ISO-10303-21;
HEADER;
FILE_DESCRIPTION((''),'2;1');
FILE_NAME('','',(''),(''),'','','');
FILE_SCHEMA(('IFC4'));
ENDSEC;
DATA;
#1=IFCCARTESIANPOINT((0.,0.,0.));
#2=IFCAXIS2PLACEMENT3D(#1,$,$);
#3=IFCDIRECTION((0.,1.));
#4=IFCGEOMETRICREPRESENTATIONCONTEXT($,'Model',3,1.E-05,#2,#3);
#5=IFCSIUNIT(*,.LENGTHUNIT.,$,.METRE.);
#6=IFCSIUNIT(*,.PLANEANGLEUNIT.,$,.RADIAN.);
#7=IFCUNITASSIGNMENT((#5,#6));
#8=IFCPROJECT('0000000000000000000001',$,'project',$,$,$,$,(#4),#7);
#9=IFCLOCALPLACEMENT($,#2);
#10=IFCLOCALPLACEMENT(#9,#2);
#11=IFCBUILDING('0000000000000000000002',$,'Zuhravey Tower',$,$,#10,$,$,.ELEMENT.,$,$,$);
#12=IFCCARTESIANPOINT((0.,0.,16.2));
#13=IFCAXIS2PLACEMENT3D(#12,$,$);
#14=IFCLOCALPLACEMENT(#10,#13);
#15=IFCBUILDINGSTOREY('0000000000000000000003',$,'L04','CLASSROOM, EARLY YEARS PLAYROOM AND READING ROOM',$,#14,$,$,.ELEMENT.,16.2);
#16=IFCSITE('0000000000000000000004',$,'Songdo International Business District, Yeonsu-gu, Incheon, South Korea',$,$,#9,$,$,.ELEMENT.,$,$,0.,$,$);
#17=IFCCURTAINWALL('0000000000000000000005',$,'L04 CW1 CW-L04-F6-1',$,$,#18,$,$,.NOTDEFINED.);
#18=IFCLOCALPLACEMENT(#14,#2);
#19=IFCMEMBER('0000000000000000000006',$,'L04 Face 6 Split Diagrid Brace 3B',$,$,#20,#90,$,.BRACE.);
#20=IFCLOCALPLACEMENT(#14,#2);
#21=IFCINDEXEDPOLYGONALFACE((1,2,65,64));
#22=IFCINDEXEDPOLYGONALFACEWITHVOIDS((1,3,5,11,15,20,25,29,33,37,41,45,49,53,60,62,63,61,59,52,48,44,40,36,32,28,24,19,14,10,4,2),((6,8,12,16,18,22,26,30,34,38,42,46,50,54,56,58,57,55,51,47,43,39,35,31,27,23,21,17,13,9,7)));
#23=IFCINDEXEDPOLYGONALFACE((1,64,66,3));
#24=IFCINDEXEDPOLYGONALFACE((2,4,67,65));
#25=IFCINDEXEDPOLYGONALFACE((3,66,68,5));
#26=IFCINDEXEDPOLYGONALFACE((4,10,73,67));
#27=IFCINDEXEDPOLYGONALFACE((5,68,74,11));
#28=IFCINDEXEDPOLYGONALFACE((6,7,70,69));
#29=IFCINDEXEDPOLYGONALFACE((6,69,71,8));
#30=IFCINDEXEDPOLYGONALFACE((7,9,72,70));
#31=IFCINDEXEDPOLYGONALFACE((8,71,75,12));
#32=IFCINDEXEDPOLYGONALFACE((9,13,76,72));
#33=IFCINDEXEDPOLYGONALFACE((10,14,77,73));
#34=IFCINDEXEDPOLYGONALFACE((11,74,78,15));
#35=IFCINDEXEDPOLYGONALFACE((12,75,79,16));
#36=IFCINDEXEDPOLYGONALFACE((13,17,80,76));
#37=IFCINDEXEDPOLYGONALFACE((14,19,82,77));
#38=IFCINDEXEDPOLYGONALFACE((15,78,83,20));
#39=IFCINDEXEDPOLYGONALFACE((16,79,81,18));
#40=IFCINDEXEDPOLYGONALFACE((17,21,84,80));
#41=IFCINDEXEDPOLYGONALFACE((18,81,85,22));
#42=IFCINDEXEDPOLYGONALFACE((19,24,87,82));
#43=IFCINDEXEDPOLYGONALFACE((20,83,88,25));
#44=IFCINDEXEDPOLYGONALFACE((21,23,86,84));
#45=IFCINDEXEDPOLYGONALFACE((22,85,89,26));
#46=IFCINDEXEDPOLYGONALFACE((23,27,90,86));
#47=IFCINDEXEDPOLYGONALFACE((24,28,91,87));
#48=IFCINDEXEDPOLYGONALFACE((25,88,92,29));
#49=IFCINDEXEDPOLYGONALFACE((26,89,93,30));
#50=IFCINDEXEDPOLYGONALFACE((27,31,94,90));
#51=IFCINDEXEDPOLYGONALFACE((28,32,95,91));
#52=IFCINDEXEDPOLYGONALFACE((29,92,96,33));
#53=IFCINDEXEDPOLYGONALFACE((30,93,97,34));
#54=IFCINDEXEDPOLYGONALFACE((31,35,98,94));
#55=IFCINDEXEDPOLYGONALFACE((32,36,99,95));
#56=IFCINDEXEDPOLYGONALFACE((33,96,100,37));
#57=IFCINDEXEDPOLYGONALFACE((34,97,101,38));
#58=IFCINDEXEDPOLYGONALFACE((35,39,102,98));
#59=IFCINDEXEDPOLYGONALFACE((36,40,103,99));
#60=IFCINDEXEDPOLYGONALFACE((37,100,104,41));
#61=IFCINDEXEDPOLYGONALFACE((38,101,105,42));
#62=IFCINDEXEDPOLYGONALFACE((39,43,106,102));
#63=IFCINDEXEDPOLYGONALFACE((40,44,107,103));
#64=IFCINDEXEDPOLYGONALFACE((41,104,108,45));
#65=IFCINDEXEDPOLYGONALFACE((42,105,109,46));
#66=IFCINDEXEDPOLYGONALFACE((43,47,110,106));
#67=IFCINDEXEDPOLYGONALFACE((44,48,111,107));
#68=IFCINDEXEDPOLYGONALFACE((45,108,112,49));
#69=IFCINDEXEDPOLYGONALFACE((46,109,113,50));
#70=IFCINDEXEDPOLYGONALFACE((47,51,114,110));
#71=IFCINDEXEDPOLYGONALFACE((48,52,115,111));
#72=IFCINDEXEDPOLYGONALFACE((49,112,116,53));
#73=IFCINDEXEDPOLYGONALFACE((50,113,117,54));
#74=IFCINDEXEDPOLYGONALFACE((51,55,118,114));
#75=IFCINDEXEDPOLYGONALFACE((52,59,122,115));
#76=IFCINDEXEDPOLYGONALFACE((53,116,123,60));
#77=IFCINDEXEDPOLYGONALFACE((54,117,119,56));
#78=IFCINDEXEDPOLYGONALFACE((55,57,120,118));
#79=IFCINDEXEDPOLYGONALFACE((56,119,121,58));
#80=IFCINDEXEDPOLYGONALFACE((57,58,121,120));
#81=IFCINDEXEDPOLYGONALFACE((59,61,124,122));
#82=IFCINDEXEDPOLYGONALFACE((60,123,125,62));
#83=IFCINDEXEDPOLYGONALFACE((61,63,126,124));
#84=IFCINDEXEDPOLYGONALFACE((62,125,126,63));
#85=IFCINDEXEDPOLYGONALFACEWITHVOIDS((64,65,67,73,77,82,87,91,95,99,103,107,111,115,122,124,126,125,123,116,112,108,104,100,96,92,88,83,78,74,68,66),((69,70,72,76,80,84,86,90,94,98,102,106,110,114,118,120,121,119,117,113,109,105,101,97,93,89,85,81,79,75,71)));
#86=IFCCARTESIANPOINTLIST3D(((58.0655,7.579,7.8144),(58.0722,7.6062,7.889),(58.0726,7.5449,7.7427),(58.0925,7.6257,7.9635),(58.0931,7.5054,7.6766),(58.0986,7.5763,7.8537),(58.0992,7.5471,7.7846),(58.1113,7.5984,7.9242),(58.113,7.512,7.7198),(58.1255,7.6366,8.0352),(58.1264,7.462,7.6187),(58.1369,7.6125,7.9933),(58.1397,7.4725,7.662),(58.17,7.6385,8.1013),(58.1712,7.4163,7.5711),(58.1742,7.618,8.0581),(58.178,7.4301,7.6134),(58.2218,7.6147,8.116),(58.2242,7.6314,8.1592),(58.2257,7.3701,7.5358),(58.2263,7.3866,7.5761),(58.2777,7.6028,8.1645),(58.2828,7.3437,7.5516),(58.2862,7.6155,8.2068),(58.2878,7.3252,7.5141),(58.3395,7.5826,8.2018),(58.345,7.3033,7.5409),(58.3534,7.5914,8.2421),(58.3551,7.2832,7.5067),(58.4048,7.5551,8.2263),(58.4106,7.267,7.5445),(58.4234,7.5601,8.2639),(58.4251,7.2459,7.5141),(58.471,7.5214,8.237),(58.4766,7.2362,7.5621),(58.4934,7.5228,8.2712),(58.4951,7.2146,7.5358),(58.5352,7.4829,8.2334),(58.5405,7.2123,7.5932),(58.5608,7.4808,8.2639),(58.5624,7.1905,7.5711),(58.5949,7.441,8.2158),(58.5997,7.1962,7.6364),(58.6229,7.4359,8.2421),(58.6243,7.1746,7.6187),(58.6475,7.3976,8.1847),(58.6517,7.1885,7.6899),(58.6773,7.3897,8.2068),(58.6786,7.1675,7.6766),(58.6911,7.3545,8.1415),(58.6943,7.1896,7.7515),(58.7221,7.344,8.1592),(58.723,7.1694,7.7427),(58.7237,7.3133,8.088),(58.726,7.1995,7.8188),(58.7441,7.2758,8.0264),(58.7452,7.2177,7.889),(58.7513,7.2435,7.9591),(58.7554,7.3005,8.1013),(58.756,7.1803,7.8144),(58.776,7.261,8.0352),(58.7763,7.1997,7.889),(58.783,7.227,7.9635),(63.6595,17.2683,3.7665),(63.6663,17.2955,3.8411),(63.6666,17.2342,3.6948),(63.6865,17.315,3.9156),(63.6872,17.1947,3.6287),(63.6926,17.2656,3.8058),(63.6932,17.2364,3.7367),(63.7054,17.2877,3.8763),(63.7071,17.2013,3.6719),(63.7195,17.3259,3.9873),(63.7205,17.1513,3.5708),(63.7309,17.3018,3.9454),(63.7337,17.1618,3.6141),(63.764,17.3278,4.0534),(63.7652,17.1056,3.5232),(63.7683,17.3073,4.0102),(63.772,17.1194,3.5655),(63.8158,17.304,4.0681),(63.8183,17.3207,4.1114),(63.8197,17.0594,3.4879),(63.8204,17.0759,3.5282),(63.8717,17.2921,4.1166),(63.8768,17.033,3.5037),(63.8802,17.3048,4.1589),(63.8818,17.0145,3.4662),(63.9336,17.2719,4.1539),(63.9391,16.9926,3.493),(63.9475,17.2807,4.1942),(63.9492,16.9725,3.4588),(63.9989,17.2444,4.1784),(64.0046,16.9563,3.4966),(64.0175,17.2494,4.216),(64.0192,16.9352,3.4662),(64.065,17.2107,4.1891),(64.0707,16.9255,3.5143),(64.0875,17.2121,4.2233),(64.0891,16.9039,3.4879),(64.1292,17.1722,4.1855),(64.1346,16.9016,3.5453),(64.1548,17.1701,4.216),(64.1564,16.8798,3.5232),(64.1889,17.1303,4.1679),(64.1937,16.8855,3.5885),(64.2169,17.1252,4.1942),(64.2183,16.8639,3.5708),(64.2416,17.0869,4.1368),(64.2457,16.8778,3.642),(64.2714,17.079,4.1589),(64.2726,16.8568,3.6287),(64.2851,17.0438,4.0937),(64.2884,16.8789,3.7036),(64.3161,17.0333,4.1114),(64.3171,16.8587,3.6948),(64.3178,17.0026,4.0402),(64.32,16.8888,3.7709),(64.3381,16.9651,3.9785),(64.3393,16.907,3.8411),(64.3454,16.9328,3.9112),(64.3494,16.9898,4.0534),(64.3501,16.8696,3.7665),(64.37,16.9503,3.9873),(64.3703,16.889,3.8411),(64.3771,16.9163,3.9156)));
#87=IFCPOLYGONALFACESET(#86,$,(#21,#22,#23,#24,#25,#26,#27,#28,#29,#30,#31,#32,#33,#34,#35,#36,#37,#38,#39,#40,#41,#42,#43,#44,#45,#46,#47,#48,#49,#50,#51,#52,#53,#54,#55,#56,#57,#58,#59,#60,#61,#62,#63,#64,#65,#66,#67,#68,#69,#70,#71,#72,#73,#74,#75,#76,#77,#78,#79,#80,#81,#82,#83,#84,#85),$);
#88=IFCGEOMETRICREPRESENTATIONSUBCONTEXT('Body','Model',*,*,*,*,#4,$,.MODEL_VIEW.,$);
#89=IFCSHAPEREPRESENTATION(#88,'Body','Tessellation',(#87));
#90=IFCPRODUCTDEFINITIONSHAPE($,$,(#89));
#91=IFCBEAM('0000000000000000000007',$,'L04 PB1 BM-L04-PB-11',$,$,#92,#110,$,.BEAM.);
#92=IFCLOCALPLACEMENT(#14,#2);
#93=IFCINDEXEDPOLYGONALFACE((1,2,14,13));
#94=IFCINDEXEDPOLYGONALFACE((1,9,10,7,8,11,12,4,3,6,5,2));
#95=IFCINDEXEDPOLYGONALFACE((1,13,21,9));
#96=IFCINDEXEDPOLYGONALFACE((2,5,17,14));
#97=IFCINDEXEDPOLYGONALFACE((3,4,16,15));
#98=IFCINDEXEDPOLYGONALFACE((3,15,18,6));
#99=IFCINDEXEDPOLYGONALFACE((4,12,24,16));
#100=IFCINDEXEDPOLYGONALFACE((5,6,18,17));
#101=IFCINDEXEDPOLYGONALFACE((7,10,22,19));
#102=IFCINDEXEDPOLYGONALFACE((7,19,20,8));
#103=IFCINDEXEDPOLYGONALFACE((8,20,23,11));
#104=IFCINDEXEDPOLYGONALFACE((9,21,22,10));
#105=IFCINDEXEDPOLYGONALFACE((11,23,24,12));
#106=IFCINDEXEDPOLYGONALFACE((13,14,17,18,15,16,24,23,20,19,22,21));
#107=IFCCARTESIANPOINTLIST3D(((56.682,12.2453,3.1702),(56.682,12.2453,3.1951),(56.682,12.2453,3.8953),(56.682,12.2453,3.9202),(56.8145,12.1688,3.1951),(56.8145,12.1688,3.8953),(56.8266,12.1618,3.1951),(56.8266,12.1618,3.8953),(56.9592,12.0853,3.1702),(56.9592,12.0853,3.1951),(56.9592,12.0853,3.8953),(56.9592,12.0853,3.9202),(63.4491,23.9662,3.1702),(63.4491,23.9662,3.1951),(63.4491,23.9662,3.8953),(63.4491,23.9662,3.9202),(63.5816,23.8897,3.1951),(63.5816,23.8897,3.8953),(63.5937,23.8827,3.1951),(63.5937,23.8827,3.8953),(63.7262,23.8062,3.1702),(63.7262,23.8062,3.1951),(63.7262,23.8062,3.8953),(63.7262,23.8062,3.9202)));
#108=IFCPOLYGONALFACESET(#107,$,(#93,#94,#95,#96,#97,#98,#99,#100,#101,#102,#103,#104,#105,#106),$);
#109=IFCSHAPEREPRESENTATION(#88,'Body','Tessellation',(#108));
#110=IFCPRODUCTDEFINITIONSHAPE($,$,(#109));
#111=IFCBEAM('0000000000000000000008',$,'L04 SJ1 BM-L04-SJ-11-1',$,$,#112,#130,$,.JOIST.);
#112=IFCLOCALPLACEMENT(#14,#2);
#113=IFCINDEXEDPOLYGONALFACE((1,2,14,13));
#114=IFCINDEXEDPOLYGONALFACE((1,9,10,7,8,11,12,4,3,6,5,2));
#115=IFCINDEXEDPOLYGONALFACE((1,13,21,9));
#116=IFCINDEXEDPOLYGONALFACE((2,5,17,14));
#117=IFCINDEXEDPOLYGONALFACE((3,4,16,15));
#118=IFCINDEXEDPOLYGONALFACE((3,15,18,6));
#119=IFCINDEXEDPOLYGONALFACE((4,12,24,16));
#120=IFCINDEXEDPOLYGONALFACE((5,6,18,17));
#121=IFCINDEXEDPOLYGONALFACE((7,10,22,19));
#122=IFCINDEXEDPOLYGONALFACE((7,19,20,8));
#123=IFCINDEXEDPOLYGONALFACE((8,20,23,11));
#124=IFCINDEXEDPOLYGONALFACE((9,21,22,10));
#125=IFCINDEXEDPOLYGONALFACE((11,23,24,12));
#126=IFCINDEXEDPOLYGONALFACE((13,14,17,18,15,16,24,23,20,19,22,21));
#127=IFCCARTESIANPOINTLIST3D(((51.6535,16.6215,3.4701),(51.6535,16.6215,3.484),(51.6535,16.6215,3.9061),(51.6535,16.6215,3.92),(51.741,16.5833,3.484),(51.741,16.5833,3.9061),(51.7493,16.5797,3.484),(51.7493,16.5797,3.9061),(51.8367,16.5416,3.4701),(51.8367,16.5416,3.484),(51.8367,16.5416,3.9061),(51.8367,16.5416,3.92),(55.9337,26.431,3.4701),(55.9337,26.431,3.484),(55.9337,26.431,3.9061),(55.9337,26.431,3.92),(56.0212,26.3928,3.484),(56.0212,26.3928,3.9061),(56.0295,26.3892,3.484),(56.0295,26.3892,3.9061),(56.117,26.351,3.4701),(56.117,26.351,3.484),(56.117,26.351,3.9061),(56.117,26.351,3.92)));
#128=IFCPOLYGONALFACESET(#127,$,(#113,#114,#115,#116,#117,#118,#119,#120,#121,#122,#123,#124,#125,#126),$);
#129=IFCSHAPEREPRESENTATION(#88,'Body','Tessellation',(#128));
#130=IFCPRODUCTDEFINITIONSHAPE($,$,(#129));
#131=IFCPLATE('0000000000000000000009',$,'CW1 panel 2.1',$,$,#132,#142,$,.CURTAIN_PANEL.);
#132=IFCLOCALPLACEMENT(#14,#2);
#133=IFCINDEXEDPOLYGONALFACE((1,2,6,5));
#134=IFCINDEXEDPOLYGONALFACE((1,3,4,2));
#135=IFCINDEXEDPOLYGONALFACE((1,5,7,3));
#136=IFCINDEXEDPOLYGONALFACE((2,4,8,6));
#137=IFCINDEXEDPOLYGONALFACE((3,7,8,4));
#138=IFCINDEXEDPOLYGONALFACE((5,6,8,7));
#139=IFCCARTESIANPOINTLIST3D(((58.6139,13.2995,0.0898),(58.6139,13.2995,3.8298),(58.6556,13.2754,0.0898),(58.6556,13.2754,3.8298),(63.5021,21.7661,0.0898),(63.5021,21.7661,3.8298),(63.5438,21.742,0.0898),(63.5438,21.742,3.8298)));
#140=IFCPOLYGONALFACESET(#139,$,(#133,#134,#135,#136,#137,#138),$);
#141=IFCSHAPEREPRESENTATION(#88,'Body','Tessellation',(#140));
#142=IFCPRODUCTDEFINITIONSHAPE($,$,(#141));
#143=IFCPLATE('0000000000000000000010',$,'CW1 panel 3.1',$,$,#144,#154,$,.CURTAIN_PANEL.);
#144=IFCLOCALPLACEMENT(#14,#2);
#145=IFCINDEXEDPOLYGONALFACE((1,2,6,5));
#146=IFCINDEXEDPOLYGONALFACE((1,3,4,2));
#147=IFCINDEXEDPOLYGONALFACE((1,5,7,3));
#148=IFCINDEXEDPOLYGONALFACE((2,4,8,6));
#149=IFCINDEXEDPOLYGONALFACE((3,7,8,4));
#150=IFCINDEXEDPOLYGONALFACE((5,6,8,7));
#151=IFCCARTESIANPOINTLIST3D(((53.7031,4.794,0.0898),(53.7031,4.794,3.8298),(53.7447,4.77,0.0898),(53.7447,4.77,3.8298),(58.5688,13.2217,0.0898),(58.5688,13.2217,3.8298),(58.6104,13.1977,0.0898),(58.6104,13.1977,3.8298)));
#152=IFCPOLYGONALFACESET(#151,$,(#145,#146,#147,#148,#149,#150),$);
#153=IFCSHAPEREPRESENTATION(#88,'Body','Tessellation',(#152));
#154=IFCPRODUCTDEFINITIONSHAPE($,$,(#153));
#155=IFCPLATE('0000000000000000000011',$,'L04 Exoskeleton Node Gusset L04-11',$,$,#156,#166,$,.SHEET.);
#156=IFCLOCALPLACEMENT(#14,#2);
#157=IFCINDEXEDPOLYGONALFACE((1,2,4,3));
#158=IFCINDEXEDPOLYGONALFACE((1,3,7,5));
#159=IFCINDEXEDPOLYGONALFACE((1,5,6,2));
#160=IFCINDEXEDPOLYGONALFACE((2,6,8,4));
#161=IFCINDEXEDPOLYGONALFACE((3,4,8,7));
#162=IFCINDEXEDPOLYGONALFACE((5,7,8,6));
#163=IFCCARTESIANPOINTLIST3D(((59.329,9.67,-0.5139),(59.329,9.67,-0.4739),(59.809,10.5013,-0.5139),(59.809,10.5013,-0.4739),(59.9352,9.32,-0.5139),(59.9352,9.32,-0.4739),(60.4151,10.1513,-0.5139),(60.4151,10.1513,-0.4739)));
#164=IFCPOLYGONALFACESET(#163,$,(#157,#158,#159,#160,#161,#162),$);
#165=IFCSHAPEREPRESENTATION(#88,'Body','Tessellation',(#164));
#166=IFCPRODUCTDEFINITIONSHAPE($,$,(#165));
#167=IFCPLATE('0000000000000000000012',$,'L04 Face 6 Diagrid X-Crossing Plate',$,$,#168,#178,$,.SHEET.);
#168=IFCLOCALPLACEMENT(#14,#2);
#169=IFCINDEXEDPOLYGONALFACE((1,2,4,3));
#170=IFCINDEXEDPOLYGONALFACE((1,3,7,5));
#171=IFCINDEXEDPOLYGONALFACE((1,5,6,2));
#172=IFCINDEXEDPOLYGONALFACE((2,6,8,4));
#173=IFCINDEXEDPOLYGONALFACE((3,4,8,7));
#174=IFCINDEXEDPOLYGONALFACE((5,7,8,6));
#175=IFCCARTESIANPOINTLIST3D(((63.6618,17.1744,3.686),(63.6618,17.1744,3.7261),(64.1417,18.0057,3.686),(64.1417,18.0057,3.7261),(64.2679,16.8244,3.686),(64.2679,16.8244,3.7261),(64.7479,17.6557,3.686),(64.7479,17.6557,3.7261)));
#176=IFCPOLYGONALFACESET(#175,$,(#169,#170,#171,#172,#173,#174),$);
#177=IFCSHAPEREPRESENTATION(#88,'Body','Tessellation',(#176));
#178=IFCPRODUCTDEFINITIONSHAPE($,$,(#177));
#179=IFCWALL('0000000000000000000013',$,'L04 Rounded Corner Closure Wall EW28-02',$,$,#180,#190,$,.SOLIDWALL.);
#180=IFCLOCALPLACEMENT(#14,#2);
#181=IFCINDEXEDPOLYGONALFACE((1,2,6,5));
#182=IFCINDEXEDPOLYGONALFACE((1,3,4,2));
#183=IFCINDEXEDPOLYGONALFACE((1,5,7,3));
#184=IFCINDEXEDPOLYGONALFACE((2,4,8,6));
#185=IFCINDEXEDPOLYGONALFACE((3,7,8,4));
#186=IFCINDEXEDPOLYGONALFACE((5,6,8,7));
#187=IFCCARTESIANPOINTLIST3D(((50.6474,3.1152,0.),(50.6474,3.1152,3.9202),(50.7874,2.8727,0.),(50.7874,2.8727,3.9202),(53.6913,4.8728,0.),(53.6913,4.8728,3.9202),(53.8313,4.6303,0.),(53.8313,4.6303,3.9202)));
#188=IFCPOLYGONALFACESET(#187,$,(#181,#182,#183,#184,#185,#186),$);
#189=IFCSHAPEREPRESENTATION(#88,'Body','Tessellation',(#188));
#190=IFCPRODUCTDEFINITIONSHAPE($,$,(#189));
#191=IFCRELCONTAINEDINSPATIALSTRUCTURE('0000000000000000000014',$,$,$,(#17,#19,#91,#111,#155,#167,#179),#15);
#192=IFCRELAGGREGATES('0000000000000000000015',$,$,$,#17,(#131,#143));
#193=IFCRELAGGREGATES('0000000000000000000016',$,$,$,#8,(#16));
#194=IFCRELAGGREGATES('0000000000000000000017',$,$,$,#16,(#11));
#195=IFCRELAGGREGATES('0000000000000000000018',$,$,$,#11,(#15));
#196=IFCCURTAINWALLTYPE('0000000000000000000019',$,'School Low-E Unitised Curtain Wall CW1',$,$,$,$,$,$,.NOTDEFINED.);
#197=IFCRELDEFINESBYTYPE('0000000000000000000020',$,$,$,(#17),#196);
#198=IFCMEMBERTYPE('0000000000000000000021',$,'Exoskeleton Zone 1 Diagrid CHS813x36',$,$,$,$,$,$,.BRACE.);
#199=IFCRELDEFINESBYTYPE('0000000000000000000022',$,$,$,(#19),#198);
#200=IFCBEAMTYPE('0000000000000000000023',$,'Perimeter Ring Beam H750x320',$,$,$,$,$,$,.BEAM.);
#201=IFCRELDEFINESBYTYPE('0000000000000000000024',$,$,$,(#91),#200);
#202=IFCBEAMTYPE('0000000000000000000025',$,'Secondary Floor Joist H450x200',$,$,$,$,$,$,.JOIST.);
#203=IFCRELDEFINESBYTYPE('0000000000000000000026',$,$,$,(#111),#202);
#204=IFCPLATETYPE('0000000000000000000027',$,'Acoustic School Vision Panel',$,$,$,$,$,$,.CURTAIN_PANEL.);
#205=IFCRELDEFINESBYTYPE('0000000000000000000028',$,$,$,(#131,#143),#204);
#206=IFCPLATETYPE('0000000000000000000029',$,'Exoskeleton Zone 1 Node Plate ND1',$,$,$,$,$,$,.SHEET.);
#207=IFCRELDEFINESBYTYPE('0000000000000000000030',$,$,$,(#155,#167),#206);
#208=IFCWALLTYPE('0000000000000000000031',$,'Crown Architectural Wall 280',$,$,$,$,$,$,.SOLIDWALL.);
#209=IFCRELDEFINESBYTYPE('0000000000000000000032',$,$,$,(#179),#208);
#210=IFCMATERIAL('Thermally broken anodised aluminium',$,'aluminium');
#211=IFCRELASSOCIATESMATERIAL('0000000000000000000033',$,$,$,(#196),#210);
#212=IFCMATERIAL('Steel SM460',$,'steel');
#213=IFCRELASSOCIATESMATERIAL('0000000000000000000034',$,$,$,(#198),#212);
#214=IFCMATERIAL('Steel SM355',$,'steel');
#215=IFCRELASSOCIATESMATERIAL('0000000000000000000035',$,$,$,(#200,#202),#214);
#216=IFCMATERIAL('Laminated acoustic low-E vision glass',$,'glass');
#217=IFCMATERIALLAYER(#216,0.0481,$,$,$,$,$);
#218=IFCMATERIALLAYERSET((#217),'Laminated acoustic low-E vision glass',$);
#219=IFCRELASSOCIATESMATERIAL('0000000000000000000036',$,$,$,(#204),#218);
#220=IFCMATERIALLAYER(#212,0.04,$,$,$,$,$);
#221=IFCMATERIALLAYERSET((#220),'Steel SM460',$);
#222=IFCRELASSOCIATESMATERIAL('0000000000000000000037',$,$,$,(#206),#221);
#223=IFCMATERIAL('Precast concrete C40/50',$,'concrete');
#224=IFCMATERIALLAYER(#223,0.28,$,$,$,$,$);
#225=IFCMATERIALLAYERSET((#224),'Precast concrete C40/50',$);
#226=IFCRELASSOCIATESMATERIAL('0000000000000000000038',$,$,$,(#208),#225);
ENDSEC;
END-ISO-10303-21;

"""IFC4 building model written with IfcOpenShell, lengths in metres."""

from ifc_helpers import new_model, si_unit, direction, frame, frame_2d, origin, origin_2d, place, context, subcontext, project, spatial, rectangle, hollow_circle, i_section, extrude, material, layer, layer_set, material_profile, profile_set, type_object, element, aggregate, save


model = new_model("IFC4")

# Units and contexts
model_context = context("Model", 3, precision=1e-05, world=origin(), true_north=direction((0.0, 1.0)))
body_context = subcontext(model_context, "Body", "Model", "MODEL_VIEW")
ifc_project = project(units=[si_unit("LENGTHUNIT", "METRE"), si_unit("PLANEANGLEUNIT", "RADIAN")], contexts=[model_context])

# Site, building, storey
site_placement = place(None, origin())
site = spatial("IfcSite", under=ifc_project, at=site_placement, Name="Songdo International Business District, Yeonsu-gu, Incheon, South Korea", CompositionType="ELEMENT", RefElevation=0.0)
building_placement = place(site_placement, origin())
building = spatial("IfcBuilding", under=site, at=building_placement, Name="Zuhravey Tower", CompositionType="ELEMENT")
storey_placement = place(building_placement, frame((0.0, 0.0, 16.2)))
storey = spatial("IfcBuildingStorey", under=building, at=storey_placement, Name="L04", Description="CLASSROOM, EARLY YEARS PLAYROOM AND READING ROOM", CompositionType="ELEMENT", Elevation=16.2)

# Curtain wall
ifc_material_1 = material(Name="Thermally broken anodised aluminium", Category="aluminium")
curtain_wall_type = type_object("IfcCurtainWallType", Name="School Low-E Unitised Curtain Wall CW1", PredefinedType="NOTDEFINED", material=ifc_material_1)
curtain_wall_1_placement = place(storey_placement, origin())
curtain_wall_1 = element("IfcCurtainWall", 1, at=curtain_wall_1_placement, inside=storey, type_object=curtain_wall_type, Name="L04 CW1 CW-L04-F6-1", PredefinedType="NOTDEFINED")

# Member
ifc_material_2 = material(Name="Steel SM355", Category="steel")
ifc_material_3 = material(Name="Steel SM460", Category="steel")
ifc_material_profile_1 = material_profile(ifc_material_3, hollow_circle(Radius=0.4065, WallThickness=0.0359, at=origin_2d()), Name="CHS-812.8x36")
ifc_profile_set_1 = profile_set([ifc_material_profile_1], Name="Steel SM460")
member_type_1 = type_object("IfcMemberType", Name="Exoskeleton Zone 1 Diagrid CHS813x36", PredefinedType="BRACE", material=ifc_profile_set_1)
member_1_placement = place(storey_placement, frame((64.0183, 17.0923, 3.8411), z_axis=(-0.470169, -0.814367, 0.340217), x_axis=(0.866028, -0.499995, 0.0)))
element("IfcMember", 2, at=member_1_placement, inside=storey, type_object=member_type_1, Name="L04 Face 6 Split Diagrid Brace 3B", PredefinedType="BRACE", context=body_context, shape_type="SweptSolid", body=[
    extrude(hollow_circle(Radius=0.4065, WallThickness=0.0359, at=origin_2d()), origin(), (0.0, 0.0, 1.0), 11.8979),
])

# Beams
ifc_material_profile_2 = material_profile(ifc_material_2, i_section(OverallWidth=0.3201, OverallDepth=0.75, WebThickness=0.0139, FlangeThickness=0.0249, at=origin_2d()), Name="H-750x320x14x25")
ifc_profile_set_2 = profile_set([ifc_material_profile_2], Name="Steel SM355")
beam_type_1 = type_object("IfcBeamType", Name="Perimeter Ring Beam H750x320", PredefinedType="BEAM", material=ifc_profile_set_2)
beam_1_placement = place(storey_placement, frame((56.8206, 12.1653, 3.5452), z_axis=(0.5, 0.866025, 0.0), x_axis=(-0.866025, 0.5, 0.0)))
element("IfcBeam", 3, at=beam_1_placement, inside=storey, type_object=beam_type_1, Name="L04 PB1 BM-L04-PB-11", PredefinedType="BEAM", context=body_context, shape_type="SweptSolid", body=[
    extrude(i_section(OverallWidth=0.3201, OverallDepth=0.75, WebThickness=0.0139, FlangeThickness=0.0249, at=origin_2d()), origin(), (0.0, 0.0, 1.0), 13.5342),
])
ifc_material_profile_3 = material_profile(ifc_material_2, i_section(OverallWidth=0.2, OverallDepth=0.45, WebThickness=0.009, FlangeThickness=0.0139, at=origin_2d()), Name="H-450x200x9x14")
ifc_profile_set_3 = profile_set([ifc_material_profile_3], Name="Steel SM355")
beam_type_2 = type_object("IfcBeamType", Name="Secondary Floor Joist H450x200", PredefinedType="JOIST", material=ifc_profile_set_3)
beam_2_placement = place(storey_placement, frame((51.7451, 16.5815, 3.6951), z_axis=(0.399924, 0.916549, 0.0), x_axis=(-0.916549, 0.399924, 0.0)))
element("IfcBeam", 4, at=beam_2_placement, inside=storey, type_object=beam_type_2, Name="L04 SJ1 BM-L04-SJ-11-1", PredefinedType="JOIST", context=body_context, shape_type="SweptSolid", body=[
    extrude(i_section(OverallWidth=0.2, OverallDepth=0.45, WebThickness=0.009, FlangeThickness=0.0139, at=origin_2d()), origin(), (0.0, 0.0, 1.0), 10.7026),
])

# Plates
ifc_material_4 = material(Name="Laminated acoustic low-E vision glass", Category="glass")
ifc_layer_1 = layer(ifc_material_4, 0.0481)
ifc_layer_set_1 = layer_set([ifc_layer_1], Name="Laminated acoustic low-E vision glass")
plate_type_1 = type_object("IfcPlateType", Name="Acoustic School Vision Panel", PredefinedType="CURTAIN_PANEL", material=ifc_layer_set_1)
plate_1_placement = place(storey_placement, frame((61.0789, 17.5208, 0.0898), z_axis=(0.0, 0.0, 1.0), x_axis=(-0.5, -0.866026, 0.0)))
plate_1 = element("IfcPlate", 5, at=plate_1_placement, type_object=plate_type_1, Name="CW1 panel 2.1", PredefinedType="CURTAIN_PANEL", context=body_context, shape_type="SweptSolid", body=[
    extrude(rectangle(XDim=9.7764, YDim=0.0481, at=origin_2d()), origin(), (0.0, 0.0, 1.0), 3.74),
])
plate_2_placement = place(storey_placement, frame((56.1567, 8.9958, 0.0898), z_axis=(0.0, 0.0, 1.0), x_axis=(-0.5, -0.866026, 0.0)))
plate_2 = element("IfcPlate", 6, at=plate_2_placement, type_object=plate_type_1, Name="CW1 panel 3.1", PredefinedType="CURTAIN_PANEL", context=body_context, shape_type="SweptSolid", body=[
    extrude(rectangle(XDim=9.7314, YDim=0.0481, at=origin_2d()), origin(), (0.0, 0.0, 1.0), 3.74),
])
aggregate(curtain_wall_1, [plate_1, plate_2])

# Plates
ifc_layer_2 = layer(ifc_material_3, 0.04)
ifc_layer_set_2 = layer_set([ifc_layer_2], Name="Steel SM460")
plate_type_2 = type_object("IfcPlateType", Name="Exoskeleton Zone 1 Node Plate ND1", PredefinedType="SHEET", material=ifc_layer_set_2)
for number, where, z_axis, x_axis, name in (
    (7, (59.8721, 9.9106, -0.5139), (0.0, 0.0, 1.0), (0.5, 0.866025, 0.0), "L04 Exoskeleton Node Gusset L04-11"),
    (8, (64.2048, 17.415, 3.686), (0.0, 0.0, 1.0), (0.5, 0.866025, 0.0), "L04 Face 6 Diagrid X-Crossing Plate"),
):
    element("IfcPlate", number, at=place(storey_placement, frame(where, z_axis=z_axis, x_axis=x_axis)), inside=storey, type_object=plate_type_2, Name=name, PredefinedType="SHEET", context=body_context, shape_type="SweptSolid", body=[
        extrude(rectangle(XDim=0.96, YDim=0.7, at=origin_2d()), origin(), (0.0, 0.0, 1.0), 0.04),
    ])

# Wall
ifc_material_5 = material(Name="Precast concrete C40/50", Category="concrete")
ifc_layer_3 = layer(ifc_material_5, 0.28)
ifc_layer_set_3 = layer_set([ifc_layer_3], Name="Precast concrete C40/50")
wall_type = type_object("IfcWallType", Name="Crown Architectural Wall 280", PredefinedType="SOLIDWALL", material=ifc_layer_set_3)
wall_placement = place(storey_placement, frame((53.7612, 4.7515, 0.0), z_axis=(0.0, 0.0, 1.0), x_axis=(-0.866007, -0.500031, 0.0)))
element("IfcWall", 9, at=wall_placement, inside=storey, type_object=wall_type, Name="L04 Rounded Corner Closure Wall EW28-02", PredefinedType="SOLIDWALL", context=body_context, shape_type="SweptSolid", body=[
    extrude(rectangle(XDim=3.5149, YDim=0.28, at=frame_2d((1.7573, 0.0))), origin(), (0.0, 0.0, 1.0), 3.9202),
])

save(model, "model.ifc")
